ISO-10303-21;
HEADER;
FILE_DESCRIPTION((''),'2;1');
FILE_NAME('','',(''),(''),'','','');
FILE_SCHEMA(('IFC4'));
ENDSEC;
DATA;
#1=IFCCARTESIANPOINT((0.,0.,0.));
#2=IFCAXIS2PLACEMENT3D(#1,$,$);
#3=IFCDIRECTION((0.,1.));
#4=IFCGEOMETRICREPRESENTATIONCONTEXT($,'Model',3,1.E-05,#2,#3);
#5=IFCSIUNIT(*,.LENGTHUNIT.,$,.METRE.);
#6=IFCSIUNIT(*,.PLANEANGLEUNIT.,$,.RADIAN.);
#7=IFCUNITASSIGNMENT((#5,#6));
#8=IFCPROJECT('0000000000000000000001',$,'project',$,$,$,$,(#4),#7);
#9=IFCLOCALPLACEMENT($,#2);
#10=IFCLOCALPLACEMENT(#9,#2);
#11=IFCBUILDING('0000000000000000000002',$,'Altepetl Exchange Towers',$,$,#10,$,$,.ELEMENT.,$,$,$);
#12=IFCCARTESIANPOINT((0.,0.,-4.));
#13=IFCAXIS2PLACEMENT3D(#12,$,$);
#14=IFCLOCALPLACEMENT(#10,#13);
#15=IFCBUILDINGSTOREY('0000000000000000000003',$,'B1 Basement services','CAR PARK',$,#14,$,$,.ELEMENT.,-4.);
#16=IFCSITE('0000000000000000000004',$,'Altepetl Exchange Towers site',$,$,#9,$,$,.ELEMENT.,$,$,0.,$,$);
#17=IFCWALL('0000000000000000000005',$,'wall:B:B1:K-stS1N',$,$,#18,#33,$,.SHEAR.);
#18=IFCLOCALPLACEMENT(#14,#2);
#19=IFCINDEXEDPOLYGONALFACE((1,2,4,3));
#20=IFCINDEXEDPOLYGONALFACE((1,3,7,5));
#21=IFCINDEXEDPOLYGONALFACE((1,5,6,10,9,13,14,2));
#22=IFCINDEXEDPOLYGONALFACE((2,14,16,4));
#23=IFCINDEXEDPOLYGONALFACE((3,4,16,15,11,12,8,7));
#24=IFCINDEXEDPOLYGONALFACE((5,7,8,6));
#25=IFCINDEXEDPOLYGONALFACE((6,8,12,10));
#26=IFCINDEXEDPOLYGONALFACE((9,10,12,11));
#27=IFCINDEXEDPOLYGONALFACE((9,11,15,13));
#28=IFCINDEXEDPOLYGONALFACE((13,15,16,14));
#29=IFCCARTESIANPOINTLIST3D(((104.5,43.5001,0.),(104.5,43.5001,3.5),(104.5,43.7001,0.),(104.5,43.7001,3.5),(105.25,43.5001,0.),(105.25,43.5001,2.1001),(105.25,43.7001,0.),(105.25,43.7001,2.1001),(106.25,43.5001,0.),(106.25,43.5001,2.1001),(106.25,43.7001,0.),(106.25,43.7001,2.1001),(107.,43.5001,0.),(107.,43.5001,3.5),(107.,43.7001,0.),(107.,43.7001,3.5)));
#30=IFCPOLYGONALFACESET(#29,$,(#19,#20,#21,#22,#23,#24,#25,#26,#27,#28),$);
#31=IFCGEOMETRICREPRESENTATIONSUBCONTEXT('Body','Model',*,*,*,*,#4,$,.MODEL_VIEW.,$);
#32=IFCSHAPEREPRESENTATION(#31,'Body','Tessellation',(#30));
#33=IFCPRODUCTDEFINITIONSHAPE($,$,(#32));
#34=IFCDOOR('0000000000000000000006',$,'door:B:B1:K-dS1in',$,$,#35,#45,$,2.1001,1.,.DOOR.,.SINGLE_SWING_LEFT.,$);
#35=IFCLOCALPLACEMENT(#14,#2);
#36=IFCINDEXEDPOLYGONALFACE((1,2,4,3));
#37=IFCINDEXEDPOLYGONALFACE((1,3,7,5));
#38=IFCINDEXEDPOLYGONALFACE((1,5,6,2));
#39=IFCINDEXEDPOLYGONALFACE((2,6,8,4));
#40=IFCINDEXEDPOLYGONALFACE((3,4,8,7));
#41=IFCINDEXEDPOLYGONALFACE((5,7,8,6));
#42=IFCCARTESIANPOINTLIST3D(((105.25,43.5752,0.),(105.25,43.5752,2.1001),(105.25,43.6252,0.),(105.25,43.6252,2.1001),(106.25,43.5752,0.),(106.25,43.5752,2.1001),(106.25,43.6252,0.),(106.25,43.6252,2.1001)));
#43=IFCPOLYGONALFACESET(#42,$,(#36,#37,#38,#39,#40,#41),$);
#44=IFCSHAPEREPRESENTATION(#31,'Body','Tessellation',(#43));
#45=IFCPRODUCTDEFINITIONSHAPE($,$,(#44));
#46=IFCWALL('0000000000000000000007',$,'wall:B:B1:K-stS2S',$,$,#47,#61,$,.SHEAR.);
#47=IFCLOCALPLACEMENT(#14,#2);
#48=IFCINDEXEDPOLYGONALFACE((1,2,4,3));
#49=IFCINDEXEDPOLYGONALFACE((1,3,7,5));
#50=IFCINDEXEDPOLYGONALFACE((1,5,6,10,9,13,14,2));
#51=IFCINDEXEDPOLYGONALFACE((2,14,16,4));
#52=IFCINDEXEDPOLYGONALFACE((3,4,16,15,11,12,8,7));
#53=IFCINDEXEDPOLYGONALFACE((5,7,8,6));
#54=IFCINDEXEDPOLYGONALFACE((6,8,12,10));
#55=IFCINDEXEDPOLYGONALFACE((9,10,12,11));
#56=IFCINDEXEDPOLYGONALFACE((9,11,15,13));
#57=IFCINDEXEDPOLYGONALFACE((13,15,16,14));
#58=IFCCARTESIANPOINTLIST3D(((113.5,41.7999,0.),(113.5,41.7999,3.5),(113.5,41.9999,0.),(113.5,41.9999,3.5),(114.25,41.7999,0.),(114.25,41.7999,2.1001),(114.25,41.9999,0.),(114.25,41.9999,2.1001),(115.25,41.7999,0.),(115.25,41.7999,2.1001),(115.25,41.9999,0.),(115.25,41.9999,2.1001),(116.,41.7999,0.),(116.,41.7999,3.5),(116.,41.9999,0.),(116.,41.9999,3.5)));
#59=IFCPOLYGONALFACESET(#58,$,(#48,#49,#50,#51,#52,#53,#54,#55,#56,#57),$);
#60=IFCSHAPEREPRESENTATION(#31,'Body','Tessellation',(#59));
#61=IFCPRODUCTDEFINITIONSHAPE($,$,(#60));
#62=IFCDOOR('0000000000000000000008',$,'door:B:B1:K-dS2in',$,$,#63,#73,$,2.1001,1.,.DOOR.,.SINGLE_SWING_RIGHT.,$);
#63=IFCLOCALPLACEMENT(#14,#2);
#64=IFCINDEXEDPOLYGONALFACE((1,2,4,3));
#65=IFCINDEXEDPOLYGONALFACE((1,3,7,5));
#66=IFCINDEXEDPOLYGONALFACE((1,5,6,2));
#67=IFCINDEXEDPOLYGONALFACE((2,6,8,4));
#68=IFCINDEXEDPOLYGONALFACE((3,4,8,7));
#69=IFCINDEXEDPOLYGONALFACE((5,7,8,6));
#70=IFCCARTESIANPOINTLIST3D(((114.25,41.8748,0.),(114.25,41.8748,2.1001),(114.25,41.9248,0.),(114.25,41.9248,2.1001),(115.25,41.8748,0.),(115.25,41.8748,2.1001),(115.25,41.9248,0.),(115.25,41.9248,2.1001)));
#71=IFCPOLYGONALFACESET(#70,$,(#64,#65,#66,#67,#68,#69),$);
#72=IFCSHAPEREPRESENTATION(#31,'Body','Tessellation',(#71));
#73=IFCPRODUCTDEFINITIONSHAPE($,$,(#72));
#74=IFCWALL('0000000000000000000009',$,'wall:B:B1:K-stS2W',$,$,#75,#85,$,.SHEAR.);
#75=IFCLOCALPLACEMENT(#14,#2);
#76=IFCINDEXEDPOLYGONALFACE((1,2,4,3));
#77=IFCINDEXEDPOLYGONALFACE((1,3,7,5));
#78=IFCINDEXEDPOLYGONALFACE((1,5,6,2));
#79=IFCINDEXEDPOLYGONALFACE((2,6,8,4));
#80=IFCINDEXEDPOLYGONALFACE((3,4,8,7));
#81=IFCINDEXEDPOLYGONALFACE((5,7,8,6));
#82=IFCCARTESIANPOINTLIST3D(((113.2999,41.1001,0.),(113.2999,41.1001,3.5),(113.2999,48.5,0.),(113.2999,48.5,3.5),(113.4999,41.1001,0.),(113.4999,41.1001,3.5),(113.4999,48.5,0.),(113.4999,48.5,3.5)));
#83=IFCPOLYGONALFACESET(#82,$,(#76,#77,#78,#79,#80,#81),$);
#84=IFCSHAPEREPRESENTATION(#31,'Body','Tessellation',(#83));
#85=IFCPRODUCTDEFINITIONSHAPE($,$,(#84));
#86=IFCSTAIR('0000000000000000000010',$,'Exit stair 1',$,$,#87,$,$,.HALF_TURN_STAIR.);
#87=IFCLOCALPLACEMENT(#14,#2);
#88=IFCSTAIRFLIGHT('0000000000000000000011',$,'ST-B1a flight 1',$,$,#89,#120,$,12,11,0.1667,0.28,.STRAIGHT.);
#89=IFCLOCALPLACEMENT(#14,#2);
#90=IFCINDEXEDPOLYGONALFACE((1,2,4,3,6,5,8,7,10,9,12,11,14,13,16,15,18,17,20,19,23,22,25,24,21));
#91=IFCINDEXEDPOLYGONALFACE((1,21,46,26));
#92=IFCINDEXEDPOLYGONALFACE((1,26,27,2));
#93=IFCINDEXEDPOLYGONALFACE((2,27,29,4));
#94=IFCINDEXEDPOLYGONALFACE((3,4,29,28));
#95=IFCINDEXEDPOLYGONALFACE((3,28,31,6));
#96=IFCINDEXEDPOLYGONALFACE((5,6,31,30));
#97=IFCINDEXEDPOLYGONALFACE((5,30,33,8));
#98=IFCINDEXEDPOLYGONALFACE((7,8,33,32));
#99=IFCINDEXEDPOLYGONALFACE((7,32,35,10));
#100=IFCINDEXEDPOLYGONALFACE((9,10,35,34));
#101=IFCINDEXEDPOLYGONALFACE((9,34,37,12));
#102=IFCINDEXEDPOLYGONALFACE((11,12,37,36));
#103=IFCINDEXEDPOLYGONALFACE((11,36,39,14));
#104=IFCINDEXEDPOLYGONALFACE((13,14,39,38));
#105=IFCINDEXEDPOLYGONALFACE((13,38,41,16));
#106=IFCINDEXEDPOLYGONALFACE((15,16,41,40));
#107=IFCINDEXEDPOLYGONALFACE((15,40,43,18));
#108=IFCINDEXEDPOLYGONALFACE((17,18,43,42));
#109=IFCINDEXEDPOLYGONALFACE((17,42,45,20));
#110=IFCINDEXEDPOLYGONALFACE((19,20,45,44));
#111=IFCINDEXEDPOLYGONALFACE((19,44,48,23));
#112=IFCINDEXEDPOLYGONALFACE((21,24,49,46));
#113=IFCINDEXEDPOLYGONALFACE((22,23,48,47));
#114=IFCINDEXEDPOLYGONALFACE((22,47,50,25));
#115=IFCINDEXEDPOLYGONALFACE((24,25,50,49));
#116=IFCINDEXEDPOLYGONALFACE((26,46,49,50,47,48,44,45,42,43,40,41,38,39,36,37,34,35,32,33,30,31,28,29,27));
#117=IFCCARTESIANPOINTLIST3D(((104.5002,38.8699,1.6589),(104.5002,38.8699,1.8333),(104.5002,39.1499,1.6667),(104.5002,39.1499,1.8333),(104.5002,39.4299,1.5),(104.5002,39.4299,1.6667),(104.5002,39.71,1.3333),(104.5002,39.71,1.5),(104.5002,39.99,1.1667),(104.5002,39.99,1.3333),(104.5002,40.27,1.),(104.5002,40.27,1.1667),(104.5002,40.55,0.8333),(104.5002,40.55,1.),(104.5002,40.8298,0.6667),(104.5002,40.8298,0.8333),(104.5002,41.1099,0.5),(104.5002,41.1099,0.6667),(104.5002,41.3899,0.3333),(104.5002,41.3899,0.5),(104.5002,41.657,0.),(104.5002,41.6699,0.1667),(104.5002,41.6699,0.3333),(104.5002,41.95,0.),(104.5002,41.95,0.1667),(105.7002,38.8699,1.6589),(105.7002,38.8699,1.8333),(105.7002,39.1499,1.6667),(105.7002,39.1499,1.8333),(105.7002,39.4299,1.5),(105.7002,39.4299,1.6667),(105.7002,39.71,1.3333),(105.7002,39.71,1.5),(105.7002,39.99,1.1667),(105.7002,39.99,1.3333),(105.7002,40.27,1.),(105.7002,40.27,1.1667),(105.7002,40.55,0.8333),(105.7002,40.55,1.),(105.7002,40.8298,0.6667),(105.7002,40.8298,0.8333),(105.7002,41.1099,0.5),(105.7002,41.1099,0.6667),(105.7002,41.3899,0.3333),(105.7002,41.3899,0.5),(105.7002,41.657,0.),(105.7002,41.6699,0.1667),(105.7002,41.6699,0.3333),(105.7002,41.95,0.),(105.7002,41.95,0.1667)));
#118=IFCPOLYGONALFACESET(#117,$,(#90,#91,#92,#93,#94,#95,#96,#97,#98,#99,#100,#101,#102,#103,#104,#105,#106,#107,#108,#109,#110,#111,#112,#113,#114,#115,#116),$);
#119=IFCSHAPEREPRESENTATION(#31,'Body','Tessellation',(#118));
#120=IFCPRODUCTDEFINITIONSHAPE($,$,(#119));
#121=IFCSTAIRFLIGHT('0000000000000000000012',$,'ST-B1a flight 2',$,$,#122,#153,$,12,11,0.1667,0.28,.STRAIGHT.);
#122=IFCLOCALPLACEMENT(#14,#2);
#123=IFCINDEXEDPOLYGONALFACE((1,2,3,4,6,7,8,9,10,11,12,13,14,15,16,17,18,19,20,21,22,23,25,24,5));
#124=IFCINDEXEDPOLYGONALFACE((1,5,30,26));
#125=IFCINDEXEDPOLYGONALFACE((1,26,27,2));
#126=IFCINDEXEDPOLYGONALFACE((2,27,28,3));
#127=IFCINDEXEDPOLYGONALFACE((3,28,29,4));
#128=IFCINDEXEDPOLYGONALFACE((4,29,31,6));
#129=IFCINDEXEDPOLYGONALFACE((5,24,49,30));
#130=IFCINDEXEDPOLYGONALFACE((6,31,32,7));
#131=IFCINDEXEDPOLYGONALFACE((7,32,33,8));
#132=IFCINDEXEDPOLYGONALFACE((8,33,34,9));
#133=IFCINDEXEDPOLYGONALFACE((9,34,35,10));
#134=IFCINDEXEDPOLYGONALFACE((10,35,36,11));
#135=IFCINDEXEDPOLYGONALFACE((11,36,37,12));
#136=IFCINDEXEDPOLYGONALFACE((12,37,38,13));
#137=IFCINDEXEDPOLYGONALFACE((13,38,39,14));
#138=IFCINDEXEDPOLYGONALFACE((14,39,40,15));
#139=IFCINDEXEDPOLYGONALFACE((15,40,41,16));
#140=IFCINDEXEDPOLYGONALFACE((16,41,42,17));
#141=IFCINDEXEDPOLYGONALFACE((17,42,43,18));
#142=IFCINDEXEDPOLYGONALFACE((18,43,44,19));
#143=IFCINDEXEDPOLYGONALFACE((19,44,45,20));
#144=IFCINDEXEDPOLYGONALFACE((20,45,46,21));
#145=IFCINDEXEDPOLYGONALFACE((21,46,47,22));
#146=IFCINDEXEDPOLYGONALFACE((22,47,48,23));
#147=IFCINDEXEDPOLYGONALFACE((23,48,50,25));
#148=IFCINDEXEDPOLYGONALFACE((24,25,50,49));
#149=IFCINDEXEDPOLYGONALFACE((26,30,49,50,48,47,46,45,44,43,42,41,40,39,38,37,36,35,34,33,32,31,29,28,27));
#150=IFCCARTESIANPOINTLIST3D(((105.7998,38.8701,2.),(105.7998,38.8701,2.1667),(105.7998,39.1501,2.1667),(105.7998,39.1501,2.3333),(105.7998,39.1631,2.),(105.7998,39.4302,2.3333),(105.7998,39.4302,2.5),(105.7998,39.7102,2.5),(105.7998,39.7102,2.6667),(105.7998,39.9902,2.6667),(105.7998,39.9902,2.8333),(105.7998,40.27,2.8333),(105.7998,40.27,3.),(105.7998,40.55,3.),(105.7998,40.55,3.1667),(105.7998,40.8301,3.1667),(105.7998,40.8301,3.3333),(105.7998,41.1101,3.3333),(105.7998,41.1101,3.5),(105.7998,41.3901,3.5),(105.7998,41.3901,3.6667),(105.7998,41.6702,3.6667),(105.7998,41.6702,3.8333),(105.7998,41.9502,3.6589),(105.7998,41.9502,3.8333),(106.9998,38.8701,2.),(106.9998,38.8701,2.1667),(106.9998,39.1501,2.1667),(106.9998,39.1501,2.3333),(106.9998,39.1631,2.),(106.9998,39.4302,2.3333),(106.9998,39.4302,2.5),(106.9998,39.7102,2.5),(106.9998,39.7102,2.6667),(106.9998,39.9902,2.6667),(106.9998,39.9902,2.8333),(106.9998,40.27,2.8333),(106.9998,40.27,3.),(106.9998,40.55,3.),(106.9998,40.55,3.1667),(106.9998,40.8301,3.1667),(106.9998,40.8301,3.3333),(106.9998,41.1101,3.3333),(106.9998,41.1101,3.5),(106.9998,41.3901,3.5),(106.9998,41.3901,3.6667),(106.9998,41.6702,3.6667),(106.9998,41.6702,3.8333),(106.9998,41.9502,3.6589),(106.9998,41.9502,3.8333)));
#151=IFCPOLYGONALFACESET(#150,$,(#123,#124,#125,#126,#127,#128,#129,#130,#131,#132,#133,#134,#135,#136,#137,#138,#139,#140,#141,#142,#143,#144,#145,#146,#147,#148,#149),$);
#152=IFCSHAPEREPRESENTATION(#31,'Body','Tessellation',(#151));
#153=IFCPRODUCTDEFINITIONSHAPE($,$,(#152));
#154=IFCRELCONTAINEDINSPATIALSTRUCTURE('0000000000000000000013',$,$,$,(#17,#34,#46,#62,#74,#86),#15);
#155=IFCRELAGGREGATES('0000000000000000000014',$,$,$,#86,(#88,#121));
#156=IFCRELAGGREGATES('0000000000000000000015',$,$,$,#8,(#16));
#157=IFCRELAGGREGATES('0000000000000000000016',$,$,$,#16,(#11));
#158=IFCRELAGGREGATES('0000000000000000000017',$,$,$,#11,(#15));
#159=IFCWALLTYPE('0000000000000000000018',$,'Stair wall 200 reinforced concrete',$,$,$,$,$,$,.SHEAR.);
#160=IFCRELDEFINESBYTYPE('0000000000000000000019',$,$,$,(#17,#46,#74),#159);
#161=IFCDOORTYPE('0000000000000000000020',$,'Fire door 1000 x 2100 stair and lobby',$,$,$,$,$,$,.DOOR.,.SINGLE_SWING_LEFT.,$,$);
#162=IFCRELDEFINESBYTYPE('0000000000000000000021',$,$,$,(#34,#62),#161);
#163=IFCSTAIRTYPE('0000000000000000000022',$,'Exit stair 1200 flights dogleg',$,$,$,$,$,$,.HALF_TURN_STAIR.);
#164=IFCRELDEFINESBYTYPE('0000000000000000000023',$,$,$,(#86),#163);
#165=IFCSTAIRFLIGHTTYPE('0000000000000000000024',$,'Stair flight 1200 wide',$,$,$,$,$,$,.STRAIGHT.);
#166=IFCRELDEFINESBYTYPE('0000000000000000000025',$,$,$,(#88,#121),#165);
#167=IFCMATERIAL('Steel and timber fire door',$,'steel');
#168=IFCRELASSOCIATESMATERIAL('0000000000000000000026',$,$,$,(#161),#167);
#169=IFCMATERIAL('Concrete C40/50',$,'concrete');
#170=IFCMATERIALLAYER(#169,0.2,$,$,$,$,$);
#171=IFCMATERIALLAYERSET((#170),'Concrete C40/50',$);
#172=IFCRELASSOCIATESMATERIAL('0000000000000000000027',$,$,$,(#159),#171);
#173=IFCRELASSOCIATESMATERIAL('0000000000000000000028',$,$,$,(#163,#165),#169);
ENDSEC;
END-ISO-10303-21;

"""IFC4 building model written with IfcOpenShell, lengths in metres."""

from ifc_helpers import new_model, si_unit, direction, frame, frame_2d, origin, place, context, subcontext, project, spatial, polyline, rectangle, outline, extrude, material, layer, layer_set, type_object, element, fill, aggregate, save


model = new_model("IFC4")

# Units and contexts
model_context = context("Model", 3, precision=1e-05, world=origin(), true_north=direction((0.0, 1.0)))
body_context = subcontext(model_context, "Body", "Model", "MODEL_VIEW")
ifc_project = project(units=[si_unit("LENGTHUNIT", "METRE"), si_unit("PLANEANGLEUNIT", "RADIAN")], contexts=[model_context])

# Site, building, storey
site_placement = place(None, origin())
site = spatial("IfcSite", under=ifc_project, at=site_placement, Name="Altepetl Exchange Towers site", CompositionType="ELEMENT", RefElevation=0.0)
building_placement = place(site_placement, origin())
building = spatial("IfcBuilding", under=site, at=building_placement, Name="Altepetl Exchange Towers", CompositionType="ELEMENT")
storey_placement = place(building_placement, frame((0.0, 0.0, -4.0)))
storey = spatial("IfcBuildingStorey", under=building, at=storey_placement, Name="B1 Basement services", Description="CAR PARK", CompositionType="ELEMENT", Elevation=-4.0)

# Shared definitions
ifc_material_1 = material(Name="Steel and timber fire door", Category="steel")
door_type_1 = type_object("IfcDoorType", Name="Fire door 1000 x 2100 stair and lobby", OperationType="SINGLE_SWING_LEFT", PredefinedType="DOOR", material=ifc_material_1)

# Shared definitions
ifc_material_2 = material(Name="Concrete C40/50", Category="concrete")

# Walls, openings, doors
ifc_layer_1 = layer(ifc_material_2, 0.2)
ifc_layer_set_1 = layer_set([ifc_layer_1], Name="Concrete C40/50")
wall_type_1 = type_object("IfcWallType", Name="Stair wall 200 reinforced concrete", PredefinedType="SHEAR", material=ifc_layer_set_1)
wall_1_placement = place(storey_placement, frame((104.5, 43.6001, 0.0)))
wall_1 = element("IfcWall", 1, at=wall_1_placement, inside=storey, type_object=wall_type_1, Name="wall:B:B1:K-stS1N", PredefinedType="SHEAR", context=body_context, shape_type="SweptSolid", body=[
    extrude(rectangle(XDim=2.5, YDim=0.2, at=frame_2d((1.25, 0.0))), origin(), (0.0, 0.0, 1.0), 3.5),
])
opening_1_placement = place(wall_1_placement, frame((0.75, 0.0, 0.0)))
opening_1 = element("IfcOpeningElement", 2, at=opening_1_placement, cuts=wall_1, PredefinedType="OPENING", context=body_context, shape_type="SweptSolid", body=[
    extrude(rectangle(XDim=1.0, YDim=2.1001, at=frame_2d((0.5, 1.05))), frame((0.0, 0.1099, 0.0), z_axis=(0.0, -1.0, 0.0), x_axis=(1.0, 0.0, 0.0)), (0.0, 0.0, 1.0), 0.22),
])
door_1_placement = place(opening_1_placement, frame((1.0, 0.0, 0.0), x_axis=(-1.0, 0.0, 0.0)))
door_1 = element("IfcDoor", 3, at=door_1_placement, inside=storey, type_object=door_type_1, Name="door:B:B1:K-dS1in", OperationType="SINGLE_SWING_LEFT", OverallHeight=2.1001, OverallWidth=1.0, PredefinedType="DOOR", context=body_context, shape_type="SweptSolid", body=[
    extrude(rectangle(XDim=1.0, YDim=2.1001, at=frame_2d((0.5, 1.05))), frame((0.0, 0.0249, 0.0), z_axis=(0.0, -1.0, 0.0), x_axis=(1.0, 0.0, 0.0)), (0.0, 0.0, 1.0), 0.05),
])
fill(opening_1, door_1)
wall_2_placement = place(storey_placement, frame((113.5, 41.8999, 0.0)))
wall_2 = element("IfcWall", 4, at=wall_2_placement, inside=storey, type_object=wall_type_1, Name="wall:B:B1:K-stS2S", PredefinedType="SHEAR", context=body_context, shape_type="SweptSolid", body=[
    extrude(rectangle(XDim=2.5, YDim=0.2, at=frame_2d((1.25, 0.0))), origin(), (0.0, 0.0, 1.0), 3.5),
])
opening_2_placement = place(wall_2_placement, frame((0.75, 0.0, 0.0)))
opening_2 = element("IfcOpeningElement", 5, at=opening_2_placement, cuts=wall_2, PredefinedType="OPENING", context=body_context, shape_type="SweptSolid", body=[
    extrude(rectangle(XDim=1.0, YDim=2.1001, at=frame_2d((0.5, 1.05))), frame((0.0, 0.1099, 0.0), z_axis=(0.0, -1.0, 0.0), x_axis=(1.0, 0.0, 0.0)), (0.0, 0.0, 1.0), 0.22),
])
door_2_placement = place(opening_2_placement, origin())
door_2 = element("IfcDoor", 6, at=door_2_placement, inside=storey, type_object=door_type_1, Name="door:B:B1:K-dS2in", OperationType="SINGLE_SWING_RIGHT", OverallHeight=2.1001, OverallWidth=1.0, PredefinedType="DOOR", context=body_context, shape_type="SweptSolid", body=[
    extrude(rectangle(XDim=1.0, YDim=2.1001, at=frame_2d((0.5, 1.05))), frame((0.0, 0.0249, 0.0), z_axis=(0.0, -1.0, 0.0), x_axis=(1.0, 0.0, 0.0)), (0.0, 0.0, 1.0), 0.05),
])
fill(opening_2, door_2)

# Wall
wall_3_placement = place(storey_placement, frame((113.3999, 41.1001, 0.0), z_axis=(0.0, 0.0, 1.0), x_axis=(0.0, 1.0, 0.0)))
element("IfcWall", 7, at=wall_3_placement, inside=storey, type_object=wall_type_1, Name="wall:B:B1:K-stS2W", PredefinedType="SHEAR", context=body_context, shape_type="SweptSolid", body=[
    extrude(rectangle(XDim=7.3999, YDim=0.2, at=frame_2d((3.7, 0.0))), origin(), (0.0, 0.0, 1.0), 3.5),
])

# Stair, stair flights
stair_type = type_object("IfcStairType", Name="Exit stair 1200 flights dogleg", PredefinedType="HALF_TURN_STAIR", material=ifc_material_2)
stair_1_placement = place(storey_placement, origin())
stair_1 = element("IfcStair", 8, at=stair_1_placement, inside=storey, type_object=stair_type, Name="Exit stair 1", PredefinedType="HALF_TURN_STAIR")
stair_flight_type = type_object("IfcStairFlightType", Name="Stair flight 1200 wide", PredefinedType="STRAIGHT", material=ifc_material_2)
stair_flight_1_placement = place(storey_placement, frame((105.1001, 41.95, 0.0), z_axis=(0.0, 0.0, 1.0), x_axis=(0.0, -1.0, 0.0)))
stair_flight_1 = element("IfcStairFlight", 9, at=stair_flight_1_placement, type_object=stair_flight_type, Name="ST-B1a flight 1", NumberOfRisers=12, NumberOfTreads=11, PredefinedType="STRAIGHT", RiserHeight=0.1667, TreadLength=0.28, context=body_context, shape_type="SweptSolid", body=[
    extrude(outline(polyline([(0.0, 0.0), (0.0, 0.1667), (0.28, 0.1667), (0.28, 0.3333), (0.5601, 0.3333), (0.5601, 0.5), (0.8401, 0.5), (0.8401, 0.6667), (1.1201, 0.6667), (1.1201, 0.8333), (1.3999, 0.8333), (1.3999, 1.0), (1.6799, 1.0), (1.6799, 1.1667), (1.96, 1.1667), (1.96, 1.3333), (2.24, 1.3333), (2.24, 1.5), (2.52, 1.5), (2.52, 1.6667), (2.8, 1.6667), (2.8, 1.8333), (3.0801, 1.8333), (3.0801, 2.0), (3.0801, 1.6589), (0.293, 0.0), (0.0, 0.0)])), frame((0.0, 0.6001, 0.0), z_axis=(0.0, -1.0, 0.0), x_axis=(1.0, 0.0, 0.0)), (0.0, 0.0, 1.0), 1.2),
])
stair_flight_2_placement = place(storey_placement, frame((106.3999, 38.8701, 2.0), z_axis=(0.0, 0.0, 1.0), x_axis=(0.0, 1.0, 0.0)))
stair_flight_2 = element("IfcStairFlight", 10, at=stair_flight_2_placement, type_object=stair_flight_type, Name="ST-B1a flight 2", NumberOfRisers=12, NumberOfTreads=11, PredefinedType="STRAIGHT", RiserHeight=0.1667, TreadLength=0.28, context=body_context, shape_type="SweptSolid", body=[
    extrude(outline(polyline([(0.0, 0.0), (0.0, 0.1667), (0.28, 0.1667), (0.28, 0.3333), (0.5601, 0.3333), (0.5601, 0.5), (0.8401, 0.5), (0.8401, 0.6667), (1.1201, 0.6667), (1.1201, 0.8333), (1.3999, 0.8333), (1.3999, 1.0), (1.6799, 1.0), (1.6799, 1.1667), (1.96, 1.1667), (1.96, 1.3333), (2.24, 1.3333), (2.24, 1.5), (2.52, 1.5), (2.52, 1.6667), (2.8, 1.6667), (2.8, 1.8333), (3.0801, 1.8333), (3.0801, 2.0), (3.0801, 1.6589), (0.293, 0.0), (0.0, 0.0)])), frame((0.0, 0.6001, 0.0), z_axis=(0.0, -1.0, 0.0), x_axis=(1.0, 0.0, 0.0)), (0.0, 0.0, 1.0), 1.2),
])
aggregate(stair_1, [stair_flight_1, stair_flight_2])

save(model, "model.ifc")
